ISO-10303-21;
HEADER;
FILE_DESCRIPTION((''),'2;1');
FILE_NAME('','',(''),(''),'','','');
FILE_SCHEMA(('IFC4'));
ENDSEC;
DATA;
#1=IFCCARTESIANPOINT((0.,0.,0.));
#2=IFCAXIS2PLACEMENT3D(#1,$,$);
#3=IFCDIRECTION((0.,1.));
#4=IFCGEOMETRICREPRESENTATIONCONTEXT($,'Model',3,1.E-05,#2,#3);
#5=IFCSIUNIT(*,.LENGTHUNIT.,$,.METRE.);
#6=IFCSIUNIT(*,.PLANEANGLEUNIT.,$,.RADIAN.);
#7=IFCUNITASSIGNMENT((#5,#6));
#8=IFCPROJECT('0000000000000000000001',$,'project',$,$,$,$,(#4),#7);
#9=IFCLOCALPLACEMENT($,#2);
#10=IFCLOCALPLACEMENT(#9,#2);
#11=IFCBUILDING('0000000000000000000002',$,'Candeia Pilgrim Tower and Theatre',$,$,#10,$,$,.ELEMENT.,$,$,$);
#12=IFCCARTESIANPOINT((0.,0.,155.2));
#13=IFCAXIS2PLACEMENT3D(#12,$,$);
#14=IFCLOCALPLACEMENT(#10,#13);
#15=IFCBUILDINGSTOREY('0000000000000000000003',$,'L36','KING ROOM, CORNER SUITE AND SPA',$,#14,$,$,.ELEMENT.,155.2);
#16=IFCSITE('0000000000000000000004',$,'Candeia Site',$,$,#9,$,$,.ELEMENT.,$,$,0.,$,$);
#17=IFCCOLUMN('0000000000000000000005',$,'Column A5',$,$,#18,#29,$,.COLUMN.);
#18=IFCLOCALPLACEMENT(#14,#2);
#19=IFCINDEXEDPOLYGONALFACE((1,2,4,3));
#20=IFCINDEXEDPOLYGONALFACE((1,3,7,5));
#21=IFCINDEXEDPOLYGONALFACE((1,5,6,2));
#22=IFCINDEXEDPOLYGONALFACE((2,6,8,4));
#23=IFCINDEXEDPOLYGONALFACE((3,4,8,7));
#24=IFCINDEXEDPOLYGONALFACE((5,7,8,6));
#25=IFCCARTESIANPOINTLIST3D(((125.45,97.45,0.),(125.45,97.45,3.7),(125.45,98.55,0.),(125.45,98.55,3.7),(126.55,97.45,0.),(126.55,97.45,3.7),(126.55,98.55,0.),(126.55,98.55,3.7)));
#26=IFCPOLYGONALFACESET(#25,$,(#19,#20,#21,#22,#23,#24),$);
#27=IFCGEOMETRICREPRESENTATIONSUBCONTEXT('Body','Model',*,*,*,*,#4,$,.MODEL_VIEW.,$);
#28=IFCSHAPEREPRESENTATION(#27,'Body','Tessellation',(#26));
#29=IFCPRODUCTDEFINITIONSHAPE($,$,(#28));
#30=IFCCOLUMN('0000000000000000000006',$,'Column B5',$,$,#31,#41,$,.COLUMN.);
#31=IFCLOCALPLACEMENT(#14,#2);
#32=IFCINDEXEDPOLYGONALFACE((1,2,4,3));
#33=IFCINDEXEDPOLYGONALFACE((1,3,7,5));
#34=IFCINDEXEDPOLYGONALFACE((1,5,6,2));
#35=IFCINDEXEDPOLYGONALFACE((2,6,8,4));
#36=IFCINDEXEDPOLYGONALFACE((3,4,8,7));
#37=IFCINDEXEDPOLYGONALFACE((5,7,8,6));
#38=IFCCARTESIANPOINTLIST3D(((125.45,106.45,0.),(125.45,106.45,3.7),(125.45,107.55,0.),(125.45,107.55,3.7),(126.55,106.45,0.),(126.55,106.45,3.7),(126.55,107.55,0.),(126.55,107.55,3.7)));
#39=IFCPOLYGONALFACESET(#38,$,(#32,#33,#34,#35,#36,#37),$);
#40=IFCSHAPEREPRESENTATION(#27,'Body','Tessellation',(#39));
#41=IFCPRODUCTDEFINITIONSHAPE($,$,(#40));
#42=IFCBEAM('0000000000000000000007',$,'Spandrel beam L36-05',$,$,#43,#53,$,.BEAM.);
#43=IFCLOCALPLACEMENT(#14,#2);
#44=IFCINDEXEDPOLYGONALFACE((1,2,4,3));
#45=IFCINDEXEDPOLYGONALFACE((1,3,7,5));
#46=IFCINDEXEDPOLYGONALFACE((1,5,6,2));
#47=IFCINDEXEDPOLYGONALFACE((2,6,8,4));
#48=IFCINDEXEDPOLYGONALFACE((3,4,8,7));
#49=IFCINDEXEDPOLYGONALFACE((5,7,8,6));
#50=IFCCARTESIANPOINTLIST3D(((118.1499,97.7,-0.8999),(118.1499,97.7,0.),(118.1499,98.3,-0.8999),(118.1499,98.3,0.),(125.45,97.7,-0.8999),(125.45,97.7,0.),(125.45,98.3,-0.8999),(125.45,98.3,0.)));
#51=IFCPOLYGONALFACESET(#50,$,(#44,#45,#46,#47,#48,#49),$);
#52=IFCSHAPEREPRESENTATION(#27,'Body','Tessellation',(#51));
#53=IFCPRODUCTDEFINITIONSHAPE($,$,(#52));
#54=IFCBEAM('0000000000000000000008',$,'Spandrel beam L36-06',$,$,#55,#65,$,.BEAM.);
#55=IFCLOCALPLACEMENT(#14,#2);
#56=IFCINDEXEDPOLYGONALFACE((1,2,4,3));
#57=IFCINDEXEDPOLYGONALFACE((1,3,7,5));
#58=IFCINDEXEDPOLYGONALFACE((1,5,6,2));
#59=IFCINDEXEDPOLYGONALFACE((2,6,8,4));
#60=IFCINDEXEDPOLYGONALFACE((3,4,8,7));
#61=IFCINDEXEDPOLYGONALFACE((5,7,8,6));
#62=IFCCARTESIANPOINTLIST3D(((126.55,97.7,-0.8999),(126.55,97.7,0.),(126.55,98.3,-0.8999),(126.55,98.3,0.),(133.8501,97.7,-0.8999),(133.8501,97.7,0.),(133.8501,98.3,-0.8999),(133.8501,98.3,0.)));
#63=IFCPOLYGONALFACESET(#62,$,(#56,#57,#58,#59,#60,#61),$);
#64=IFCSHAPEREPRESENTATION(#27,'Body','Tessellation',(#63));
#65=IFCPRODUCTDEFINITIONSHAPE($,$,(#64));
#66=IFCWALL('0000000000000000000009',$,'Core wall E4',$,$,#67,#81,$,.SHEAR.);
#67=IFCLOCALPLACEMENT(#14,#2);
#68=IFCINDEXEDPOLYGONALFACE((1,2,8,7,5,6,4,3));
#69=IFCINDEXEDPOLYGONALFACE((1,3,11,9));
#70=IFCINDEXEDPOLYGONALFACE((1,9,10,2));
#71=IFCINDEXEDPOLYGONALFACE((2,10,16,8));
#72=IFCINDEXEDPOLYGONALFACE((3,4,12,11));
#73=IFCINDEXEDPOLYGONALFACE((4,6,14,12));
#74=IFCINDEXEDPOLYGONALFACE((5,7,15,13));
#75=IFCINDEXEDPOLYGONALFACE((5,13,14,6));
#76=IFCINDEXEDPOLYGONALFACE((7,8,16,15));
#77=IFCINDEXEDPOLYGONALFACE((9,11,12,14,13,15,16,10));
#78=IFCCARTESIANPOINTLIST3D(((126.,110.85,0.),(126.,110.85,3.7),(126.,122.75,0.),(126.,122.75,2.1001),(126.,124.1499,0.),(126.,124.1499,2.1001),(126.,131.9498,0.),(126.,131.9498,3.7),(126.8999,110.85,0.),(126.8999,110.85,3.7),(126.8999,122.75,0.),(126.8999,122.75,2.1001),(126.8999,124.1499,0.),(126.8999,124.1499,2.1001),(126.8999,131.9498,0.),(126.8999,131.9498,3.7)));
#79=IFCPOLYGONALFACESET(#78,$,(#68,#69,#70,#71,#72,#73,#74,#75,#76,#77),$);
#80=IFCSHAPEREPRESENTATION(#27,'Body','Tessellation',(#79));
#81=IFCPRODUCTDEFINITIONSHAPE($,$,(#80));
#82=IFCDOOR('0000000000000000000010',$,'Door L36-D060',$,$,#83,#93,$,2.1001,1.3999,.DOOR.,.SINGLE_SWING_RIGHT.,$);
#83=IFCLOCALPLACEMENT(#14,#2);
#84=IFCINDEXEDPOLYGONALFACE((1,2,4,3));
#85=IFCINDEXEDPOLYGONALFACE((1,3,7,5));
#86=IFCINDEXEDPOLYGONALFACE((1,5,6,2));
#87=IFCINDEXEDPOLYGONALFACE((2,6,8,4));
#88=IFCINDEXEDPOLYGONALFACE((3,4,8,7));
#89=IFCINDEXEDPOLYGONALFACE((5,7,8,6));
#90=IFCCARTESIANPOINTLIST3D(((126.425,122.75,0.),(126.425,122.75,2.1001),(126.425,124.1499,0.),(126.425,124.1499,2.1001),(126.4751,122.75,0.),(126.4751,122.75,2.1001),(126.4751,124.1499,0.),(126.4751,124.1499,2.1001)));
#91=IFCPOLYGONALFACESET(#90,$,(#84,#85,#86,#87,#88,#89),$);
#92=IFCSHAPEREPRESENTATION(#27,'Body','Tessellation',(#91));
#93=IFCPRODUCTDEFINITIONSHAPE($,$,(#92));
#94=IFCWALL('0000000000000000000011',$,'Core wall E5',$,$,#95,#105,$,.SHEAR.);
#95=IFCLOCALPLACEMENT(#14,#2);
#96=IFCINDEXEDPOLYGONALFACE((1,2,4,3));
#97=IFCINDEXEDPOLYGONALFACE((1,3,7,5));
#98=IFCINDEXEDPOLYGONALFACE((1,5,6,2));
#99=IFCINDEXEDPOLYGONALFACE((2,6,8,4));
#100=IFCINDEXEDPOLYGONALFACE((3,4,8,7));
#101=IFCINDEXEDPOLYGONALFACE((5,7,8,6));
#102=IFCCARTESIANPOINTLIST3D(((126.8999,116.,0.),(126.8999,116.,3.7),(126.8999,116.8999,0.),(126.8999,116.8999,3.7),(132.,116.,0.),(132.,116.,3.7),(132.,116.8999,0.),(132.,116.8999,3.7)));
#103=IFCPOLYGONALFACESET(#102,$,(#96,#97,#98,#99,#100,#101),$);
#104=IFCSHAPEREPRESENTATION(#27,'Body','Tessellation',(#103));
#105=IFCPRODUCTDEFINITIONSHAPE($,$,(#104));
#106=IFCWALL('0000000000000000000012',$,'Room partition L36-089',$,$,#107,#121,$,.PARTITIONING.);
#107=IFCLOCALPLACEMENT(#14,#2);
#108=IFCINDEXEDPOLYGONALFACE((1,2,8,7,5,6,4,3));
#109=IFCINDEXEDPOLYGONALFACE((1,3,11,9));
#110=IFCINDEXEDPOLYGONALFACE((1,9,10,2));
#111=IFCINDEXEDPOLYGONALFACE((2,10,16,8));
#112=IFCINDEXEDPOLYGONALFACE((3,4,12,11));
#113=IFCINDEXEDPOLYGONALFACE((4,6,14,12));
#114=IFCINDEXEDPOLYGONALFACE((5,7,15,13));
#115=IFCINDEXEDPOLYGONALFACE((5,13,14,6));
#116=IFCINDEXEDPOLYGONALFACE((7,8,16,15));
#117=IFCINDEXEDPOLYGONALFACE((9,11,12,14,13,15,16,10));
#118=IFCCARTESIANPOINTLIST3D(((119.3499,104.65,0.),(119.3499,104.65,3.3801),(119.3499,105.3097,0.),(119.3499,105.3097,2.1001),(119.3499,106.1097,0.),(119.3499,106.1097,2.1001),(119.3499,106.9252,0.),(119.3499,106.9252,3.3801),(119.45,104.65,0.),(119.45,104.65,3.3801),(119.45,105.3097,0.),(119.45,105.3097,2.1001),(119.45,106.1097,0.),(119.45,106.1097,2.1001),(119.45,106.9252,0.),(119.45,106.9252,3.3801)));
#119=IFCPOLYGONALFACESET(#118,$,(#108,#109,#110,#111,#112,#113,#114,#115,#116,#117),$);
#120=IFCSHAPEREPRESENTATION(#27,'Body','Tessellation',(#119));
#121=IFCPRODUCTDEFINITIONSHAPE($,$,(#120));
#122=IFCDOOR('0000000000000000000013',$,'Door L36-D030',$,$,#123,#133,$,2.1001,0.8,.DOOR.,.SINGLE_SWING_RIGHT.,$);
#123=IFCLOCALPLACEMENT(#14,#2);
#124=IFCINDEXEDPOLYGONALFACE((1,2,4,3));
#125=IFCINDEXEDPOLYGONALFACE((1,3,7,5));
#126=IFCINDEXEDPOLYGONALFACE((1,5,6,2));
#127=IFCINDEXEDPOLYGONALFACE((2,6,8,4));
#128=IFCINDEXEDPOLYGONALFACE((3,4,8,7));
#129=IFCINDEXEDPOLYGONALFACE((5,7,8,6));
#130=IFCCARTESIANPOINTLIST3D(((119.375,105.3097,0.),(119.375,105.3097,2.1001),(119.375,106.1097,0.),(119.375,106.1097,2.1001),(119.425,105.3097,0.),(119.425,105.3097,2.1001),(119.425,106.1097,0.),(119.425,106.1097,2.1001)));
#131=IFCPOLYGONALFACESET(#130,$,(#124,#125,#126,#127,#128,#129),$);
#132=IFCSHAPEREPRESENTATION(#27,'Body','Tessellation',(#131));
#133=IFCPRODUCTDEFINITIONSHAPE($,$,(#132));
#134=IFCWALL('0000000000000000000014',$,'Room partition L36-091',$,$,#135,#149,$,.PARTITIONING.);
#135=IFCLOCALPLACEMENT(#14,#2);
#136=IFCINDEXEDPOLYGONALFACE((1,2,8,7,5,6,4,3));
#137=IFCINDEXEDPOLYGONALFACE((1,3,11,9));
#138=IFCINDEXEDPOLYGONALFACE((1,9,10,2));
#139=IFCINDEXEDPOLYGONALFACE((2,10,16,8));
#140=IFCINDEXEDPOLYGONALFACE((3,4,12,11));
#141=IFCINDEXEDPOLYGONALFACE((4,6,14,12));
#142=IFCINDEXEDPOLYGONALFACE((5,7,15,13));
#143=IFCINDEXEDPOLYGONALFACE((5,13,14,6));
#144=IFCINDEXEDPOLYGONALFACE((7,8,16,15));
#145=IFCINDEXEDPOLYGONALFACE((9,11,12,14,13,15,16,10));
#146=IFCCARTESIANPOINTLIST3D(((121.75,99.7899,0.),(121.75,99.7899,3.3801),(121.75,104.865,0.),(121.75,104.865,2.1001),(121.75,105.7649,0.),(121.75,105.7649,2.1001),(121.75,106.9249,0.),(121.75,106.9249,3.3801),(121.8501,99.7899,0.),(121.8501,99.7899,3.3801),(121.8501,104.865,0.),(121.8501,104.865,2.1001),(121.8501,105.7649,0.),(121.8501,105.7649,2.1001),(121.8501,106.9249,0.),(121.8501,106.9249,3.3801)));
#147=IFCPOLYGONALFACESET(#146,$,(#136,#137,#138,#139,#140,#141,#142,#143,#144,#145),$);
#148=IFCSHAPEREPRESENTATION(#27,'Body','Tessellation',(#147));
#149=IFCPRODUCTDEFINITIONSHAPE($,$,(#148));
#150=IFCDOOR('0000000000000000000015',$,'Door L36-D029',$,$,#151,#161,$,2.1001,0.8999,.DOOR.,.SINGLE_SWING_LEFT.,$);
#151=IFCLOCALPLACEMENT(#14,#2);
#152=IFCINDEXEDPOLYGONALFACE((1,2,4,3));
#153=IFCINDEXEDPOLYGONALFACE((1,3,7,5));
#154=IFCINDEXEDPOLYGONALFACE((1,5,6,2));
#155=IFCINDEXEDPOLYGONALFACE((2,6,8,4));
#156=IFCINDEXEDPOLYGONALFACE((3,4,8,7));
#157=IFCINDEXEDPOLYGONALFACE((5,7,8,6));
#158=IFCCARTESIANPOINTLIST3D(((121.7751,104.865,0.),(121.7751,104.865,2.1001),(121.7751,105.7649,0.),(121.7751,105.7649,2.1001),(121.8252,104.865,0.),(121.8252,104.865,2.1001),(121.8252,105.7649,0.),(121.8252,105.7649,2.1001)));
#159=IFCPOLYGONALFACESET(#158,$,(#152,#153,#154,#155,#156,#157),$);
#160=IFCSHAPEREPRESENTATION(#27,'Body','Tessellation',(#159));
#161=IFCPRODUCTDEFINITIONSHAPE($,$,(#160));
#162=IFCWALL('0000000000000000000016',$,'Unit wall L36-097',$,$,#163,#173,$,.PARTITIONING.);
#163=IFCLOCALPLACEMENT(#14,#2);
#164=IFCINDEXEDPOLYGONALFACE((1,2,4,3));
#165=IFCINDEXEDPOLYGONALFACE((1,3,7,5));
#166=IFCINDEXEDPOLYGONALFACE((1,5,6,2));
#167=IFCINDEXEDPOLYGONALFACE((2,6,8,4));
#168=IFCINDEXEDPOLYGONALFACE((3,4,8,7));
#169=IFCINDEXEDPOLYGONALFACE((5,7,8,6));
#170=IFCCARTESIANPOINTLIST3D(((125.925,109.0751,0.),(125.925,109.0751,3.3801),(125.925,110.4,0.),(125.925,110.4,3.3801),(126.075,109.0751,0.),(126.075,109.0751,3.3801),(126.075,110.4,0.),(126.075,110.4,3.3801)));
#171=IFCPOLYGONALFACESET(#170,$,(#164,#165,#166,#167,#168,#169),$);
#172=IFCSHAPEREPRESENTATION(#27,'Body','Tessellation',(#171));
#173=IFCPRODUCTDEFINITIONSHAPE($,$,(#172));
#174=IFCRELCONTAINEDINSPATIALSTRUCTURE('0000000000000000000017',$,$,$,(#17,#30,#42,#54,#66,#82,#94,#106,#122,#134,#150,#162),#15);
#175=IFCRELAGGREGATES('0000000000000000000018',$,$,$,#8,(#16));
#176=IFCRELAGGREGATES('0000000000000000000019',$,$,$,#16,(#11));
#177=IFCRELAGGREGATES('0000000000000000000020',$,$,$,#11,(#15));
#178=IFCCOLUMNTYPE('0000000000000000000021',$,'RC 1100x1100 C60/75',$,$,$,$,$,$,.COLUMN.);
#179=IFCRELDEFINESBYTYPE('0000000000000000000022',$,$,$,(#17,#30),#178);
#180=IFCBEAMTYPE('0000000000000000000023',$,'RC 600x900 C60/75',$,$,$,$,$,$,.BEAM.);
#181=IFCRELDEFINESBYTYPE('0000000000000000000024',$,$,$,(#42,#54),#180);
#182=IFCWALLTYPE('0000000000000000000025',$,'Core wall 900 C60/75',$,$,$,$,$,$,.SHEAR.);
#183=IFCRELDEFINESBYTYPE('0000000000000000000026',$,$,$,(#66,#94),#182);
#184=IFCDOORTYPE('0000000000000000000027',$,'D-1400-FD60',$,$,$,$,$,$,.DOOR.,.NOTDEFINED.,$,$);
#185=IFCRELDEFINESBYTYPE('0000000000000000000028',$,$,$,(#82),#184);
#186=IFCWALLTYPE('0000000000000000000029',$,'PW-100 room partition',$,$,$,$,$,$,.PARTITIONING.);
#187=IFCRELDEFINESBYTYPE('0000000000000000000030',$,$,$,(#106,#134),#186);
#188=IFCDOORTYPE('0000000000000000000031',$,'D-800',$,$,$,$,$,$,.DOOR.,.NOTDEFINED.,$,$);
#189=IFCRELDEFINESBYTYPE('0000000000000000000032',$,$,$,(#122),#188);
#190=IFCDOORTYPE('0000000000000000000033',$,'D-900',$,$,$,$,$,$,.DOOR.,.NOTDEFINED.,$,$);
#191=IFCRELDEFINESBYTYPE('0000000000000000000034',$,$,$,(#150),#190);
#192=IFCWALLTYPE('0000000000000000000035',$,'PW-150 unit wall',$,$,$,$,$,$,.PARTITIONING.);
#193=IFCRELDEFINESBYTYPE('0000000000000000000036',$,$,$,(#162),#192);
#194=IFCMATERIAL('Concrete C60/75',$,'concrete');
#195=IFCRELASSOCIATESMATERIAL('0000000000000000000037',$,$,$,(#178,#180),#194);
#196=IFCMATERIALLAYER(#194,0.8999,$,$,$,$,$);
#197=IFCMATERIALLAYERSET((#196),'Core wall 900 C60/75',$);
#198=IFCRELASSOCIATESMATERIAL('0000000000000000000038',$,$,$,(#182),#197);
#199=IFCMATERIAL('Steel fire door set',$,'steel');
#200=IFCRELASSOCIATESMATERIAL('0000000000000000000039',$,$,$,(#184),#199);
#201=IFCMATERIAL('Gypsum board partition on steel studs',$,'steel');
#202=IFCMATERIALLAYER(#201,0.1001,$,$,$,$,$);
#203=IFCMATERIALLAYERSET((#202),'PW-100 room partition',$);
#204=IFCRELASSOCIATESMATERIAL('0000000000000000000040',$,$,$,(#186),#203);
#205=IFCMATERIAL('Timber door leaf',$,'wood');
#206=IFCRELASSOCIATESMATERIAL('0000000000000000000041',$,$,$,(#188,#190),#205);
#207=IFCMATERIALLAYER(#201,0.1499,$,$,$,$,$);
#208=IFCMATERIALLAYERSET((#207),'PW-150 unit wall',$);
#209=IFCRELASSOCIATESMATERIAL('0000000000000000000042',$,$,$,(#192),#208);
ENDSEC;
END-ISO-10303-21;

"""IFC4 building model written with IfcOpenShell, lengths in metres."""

from ifc_helpers import new_model, si_unit, direction, frame, frame_2d, origin, origin_2d, place, context, subcontext, project, spatial, rectangle, extrude, material, layer, layer_set, material_profile, profile_set, type_object, element, fill, save


model = new_model("IFC4")

# Units and contexts
model_context = context("Model", 3, precision=1e-05, world=origin(), true_north=direction((0.0, 1.0)))
body_context = subcontext(model_context, "Body", "Model", "MODEL_VIEW")
ifc_project = project(units=[si_unit("LENGTHUNIT", "METRE"), si_unit("PLANEANGLEUNIT", "RADIAN")], contexts=[model_context])

# Site, building, storey
site_placement = place(None, origin())
site = spatial("IfcSite", under=ifc_project, at=site_placement, Name="Candeia Site", CompositionType="ELEMENT", RefElevation=0.0)
building_placement = place(site_placement, origin())
building = spatial("IfcBuilding", under=site, at=building_placement, Name="Candeia Pilgrim Tower and Theatre", CompositionType="ELEMENT")
storey_placement = place(building_placement, frame((0.0, 0.0, 155.2)))
storey = spatial("IfcBuildingStorey", under=building, at=storey_placement, Name="L36", Description="KING ROOM, CORNER SUITE AND SPA", CompositionType="ELEMENT", Elevation=155.2)

# Columns
ifc_material_1 = material(Name="Concrete C60/75", Category="concrete")
ifc_material_profile_1 = material_profile(ifc_material_1, rectangle(XDim=1.1001, YDim=1.1001, at=origin_2d()))
ifc_profile_set_1 = profile_set([ifc_material_profile_1], Name="Concrete C60/75")
column_type = type_object("IfcColumnType", Name="RC 1100x1100 C60/75", PredefinedType="COLUMN", material=ifc_profile_set_1)
for number, where, z_axis, x_axis, name in (
    (1, (126.0, 98.0, 0.0), (0.0, 0.0, 1.0), (1.0, 0.0, 0.0), "Column A5"),
    (2, (126.0, 107.0, 0.0), (0.0, 0.0, 1.0), (1.0, 0.0, 0.0), "Column B5"),
):
    element("IfcColumn", number, at=place(storey_placement, frame(where, z_axis=z_axis, x_axis=x_axis)), inside=storey, type_object=column_type, Name=name, PredefinedType="COLUMN", context=body_context, shape_type="SweptSolid", body=[
        extrude(rectangle(XDim=1.1001, YDim=1.1001, at=origin_2d()), origin(), (0.0, 0.0, 1.0), 3.7),
    ])

# Beams
ifc_material_profile_2 = material_profile(ifc_material_1, rectangle(XDim=0.6001, YDim=0.8999, at=origin_2d()))
ifc_profile_set_2 = profile_set([ifc_material_profile_2], Name="Concrete C60/75")
beam_type = type_object("IfcBeamType", Name="RC 600x900 C60/75", PredefinedType="BEAM", material=ifc_profile_set_2)
for number, where, z_axis, x_axis, name in (
    (3, (118.1499, 98.0, -0.45), (1.0, 0.0, 0.0), (0.0, 1.0, 0.0), "Spandrel beam L36-05"),
    (4, (126.55, 98.0, -0.45), (1.0, 0.0, 0.0), (0.0, 1.0, 0.0), "Spandrel beam L36-06"),
):
    element("IfcBeam", number, at=place(storey_placement, frame(where, z_axis=z_axis, x_axis=x_axis)), inside=storey, type_object=beam_type, Name=name, PredefinedType="BEAM", context=body_context, shape_type="SweptSolid", body=[
        extrude(rectangle(XDim=0.6001, YDim=0.8999, at=origin_2d()), origin(), (0.0, 0.0, 1.0), 7.3),
    ])

# Wall, opening, door
ifc_layer_1 = layer(ifc_material_1, 0.8999)
ifc_layer_set_1 = layer_set([ifc_layer_1], Name="Core wall 900 C60/75")
wall_type_1 = type_object("IfcWallType", Name="Core wall 900 C60/75", PredefinedType="SHEAR", material=ifc_layer_set_1)
wall_1_placement = place(storey_placement, frame((126.45, 110.8501, 0.0), z_axis=(0.0, 0.0, 1.0), x_axis=(0.0, 1.0, 0.0)))
wall_1 = element("IfcWall", 5, at=wall_1_placement, inside=storey, type_object=wall_type_1, Name="Core wall E4", PredefinedType="SHEAR", context=body_context, shape_type="SweptSolid", body=[
    extrude(rectangle(XDim=21.0999, YDim=0.8999, at=frame_2d((10.5498, 0.0))), origin(), (0.0, 0.0, 1.0), 3.7),
])
opening_1_placement = place(wall_1_placement, frame((11.8999, 0.0, 0.0)))
opening_1 = element("IfcOpeningElement", 6, at=opening_1_placement, cuts=wall_1, PredefinedType="OPENING", context=body_context, shape_type="SweptSolid", body=[
    extrude(rectangle(XDim=1.3999, YDim=2.1001, at=frame_2d((0.7, 1.05))), frame((0.0, 0.46, 0.0), z_axis=(0.0, -1.0, 0.0), x_axis=(1.0, 0.0, 0.0)), (0.0, 0.0, 1.0), 0.9199),
])
ifc_material_2 = material(Name="Steel fire door set", Category="steel")
door_type_1 = type_object("IfcDoorType", Name="D-1400-FD60", OperationType="NOTDEFINED", PredefinedType="DOOR", material=ifc_material_2)
door_1_placement = place(opening_1_placement, origin())
door_1 = element("IfcDoor", 7, at=door_1_placement, inside=storey, type_object=door_type_1, Name="Door L36-D060", OperationType="SINGLE_SWING_RIGHT", OverallHeight=2.1001, OverallWidth=1.3999, PredefinedType="DOOR", context=body_context, shape_type="SweptSolid", body=[
    extrude(rectangle(XDim=1.3999, YDim=2.1001, at=frame_2d((0.7, 1.05))), frame((0.0, 0.0249, 0.0), z_axis=(0.0, -1.0, 0.0), x_axis=(1.0, 0.0, 0.0)), (0.0, 0.0, 1.0), 0.05),
])
fill(opening_1, door_1)

# Wall
wall_2_placement = place(storey_placement, frame((126.8999, 116.45, 0.0), z_axis=(0.0, 0.0, 1.0), x_axis=(1.0, 0.0, 0.0)))
element("IfcWall", 8, at=wall_2_placement, inside=storey, type_object=wall_type_1, Name="Core wall E5", PredefinedType="SHEAR", context=body_context, shape_type="SweptSolid", body=[
    extrude(rectangle(XDim=5.1001, YDim=0.8999, at=frame_2d((2.55, 0.0))), origin(), (0.0, 0.0, 1.0), 3.7),
])

# Walls, openings, doors
ifc_material_3 = material(Name="Gypsum board partition on steel studs", Category="steel")
ifc_layer_2 = layer(ifc_material_3, 0.1001)
ifc_layer_set_2 = layer_set([ifc_layer_2], Name="PW-100 room partition")
wall_type_2 = type_object("IfcWallType", Name="PW-100 room partition", PredefinedType="PARTITIONING", material=ifc_layer_set_2)
wall_3_placement = place(storey_placement, frame((119.3999, 104.6499, 0.0), z_axis=(0.0, 0.0, 1.0), x_axis=(0.0, 1.0, 0.0)))
wall_3 = element("IfcWall", 9, at=wall_3_placement, inside=storey, type_object=wall_type_2, Name="Room partition L36-089", PredefinedType="PARTITIONING", context=body_context, shape_type="SweptSolid", body=[
    extrude(rectangle(XDim=2.2751, YDim=0.1001, at=frame_2d((1.1377, 0.0))), origin(), (0.0, 0.0, 1.0), 3.3801),
])
opening_2_placement = place(wall_3_placement, frame((0.6599, 0.0, 0.0)))
opening_2 = element("IfcOpeningElement", 10, at=opening_2_placement, cuts=wall_3, PredefinedType="OPENING", context=body_context, shape_type="SweptSolid", body=[
    extrude(rectangle(XDim=0.8, YDim=2.1001, at=frame_2d((0.3999, 1.05))), frame((0.0, 0.0601, 0.0), z_axis=(0.0, -1.0, 0.0), x_axis=(1.0, 0.0, 0.0)), (0.0, 0.0, 1.0), 0.1201),
])
ifc_material_4 = material(Name="Timber door leaf", Category="wood")
door_type_2 = type_object("IfcDoorType", Name="D-800", OperationType="NOTDEFINED", PredefinedType="DOOR", material=ifc_material_4)
door_2_placement = place(opening_2_placement, origin())
door_2 = element("IfcDoor", 11, at=door_2_placement, inside=storey, type_object=door_type_2, Name="Door L36-D030", OperationType="SINGLE_SWING_RIGHT", OverallHeight=2.1001, OverallWidth=0.8, PredefinedType="DOOR", context=body_context, shape_type="SweptSolid", body=[
    extrude(rectangle(XDim=0.8, YDim=2.1001, at=frame_2d((0.3999, 1.05))), frame((0.0, 0.0249, 0.0), z_axis=(0.0, -1.0, 0.0), x_axis=(1.0, 0.0, 0.0)), (0.0, 0.0, 1.0), 0.05),
])
fill(opening_2, door_2)
wall_4_placement = place(storey_placement, frame((121.8, 99.79, 0.0), z_axis=(0.0, 0.0, 1.0), x_axis=(0.0, 1.0, 0.0)))
wall_4 = element("IfcWall", 12, at=wall_4_placement, inside=storey, type_object=wall_type_2, Name="Room partition L36-091", PredefinedType="PARTITIONING", context=body_context, shape_type="SweptSolid", body=[
    extrude(rectangle(XDim=7.135, YDim=0.1001, at=frame_2d((3.5674, 0.0))), origin(), (0.0, 0.0, 1.0), 3.3801),
])
opening_3_placement = place(wall_4_placement, frame((5.075, 0.0, 0.0)))
opening_3 = element("IfcOpeningElement", 13, at=opening_3_placement, cuts=wall_4, PredefinedType="OPENING", context=body_context, shape_type="SweptSolid", body=[
    extrude(rectangle(XDim=0.8999, YDim=2.1001, at=frame_2d((0.45, 1.05))), frame((0.0, 0.0601, 0.0), z_axis=(0.0, -1.0, 0.0), x_axis=(1.0, 0.0, 0.0)), (0.0, 0.0, 1.0), 0.1201),
])
door_type_3 = type_object("IfcDoorType", Name="D-900", OperationType="NOTDEFINED", PredefinedType="DOOR", material=ifc_material_4)
door_3_placement = place(opening_3_placement, origin())
door_3 = element("IfcDoor", 14, at=door_3_placement, inside=storey, type_object=door_type_3, Name="Door L36-D029", OperationType="SINGLE_SWING_LEFT", OverallHeight=2.1001, OverallWidth=0.8999, PredefinedType="DOOR", context=body_context, shape_type="SweptSolid", body=[
    extrude(rectangle(XDim=0.8999, YDim=2.1001, at=frame_2d((0.45, 1.05))), frame((0.0, 0.0249, 0.0), z_axis=(0.0, -1.0, 0.0), x_axis=(1.0, 0.0, 0.0)), (0.0, 0.0, 1.0), 0.05),
])
fill(opening_3, door_3)

# Wall
ifc_layer_3 = layer(ifc_material_3, 0.1499)
ifc_layer_set_3 = layer_set([ifc_layer_3], Name="PW-150 unit wall")
wall_type_3 = type_object("IfcWallType", Name="PW-150 unit wall", PredefinedType="PARTITIONING", material=ifc_layer_set_3)
wall_5_placement = place(storey_placement, frame((126.0, 109.075, 0.0), z_axis=(0.0, 0.0, 1.0), x_axis=(0.0, 1.0, 0.0)))
element("IfcWall", 15, at=wall_5_placement, inside=storey, type_object=wall_type_3, Name="Unit wall L36-097", PredefinedType="PARTITIONING", context=body_context, shape_type="SweptSolid", body=[
    extrude(rectangle(XDim=1.325, YDim=0.1499, at=frame_2d((0.6626, 0.0))), origin(), (0.0, 0.0, 1.0), 3.3801),
])

save(model, "model.ifc")
